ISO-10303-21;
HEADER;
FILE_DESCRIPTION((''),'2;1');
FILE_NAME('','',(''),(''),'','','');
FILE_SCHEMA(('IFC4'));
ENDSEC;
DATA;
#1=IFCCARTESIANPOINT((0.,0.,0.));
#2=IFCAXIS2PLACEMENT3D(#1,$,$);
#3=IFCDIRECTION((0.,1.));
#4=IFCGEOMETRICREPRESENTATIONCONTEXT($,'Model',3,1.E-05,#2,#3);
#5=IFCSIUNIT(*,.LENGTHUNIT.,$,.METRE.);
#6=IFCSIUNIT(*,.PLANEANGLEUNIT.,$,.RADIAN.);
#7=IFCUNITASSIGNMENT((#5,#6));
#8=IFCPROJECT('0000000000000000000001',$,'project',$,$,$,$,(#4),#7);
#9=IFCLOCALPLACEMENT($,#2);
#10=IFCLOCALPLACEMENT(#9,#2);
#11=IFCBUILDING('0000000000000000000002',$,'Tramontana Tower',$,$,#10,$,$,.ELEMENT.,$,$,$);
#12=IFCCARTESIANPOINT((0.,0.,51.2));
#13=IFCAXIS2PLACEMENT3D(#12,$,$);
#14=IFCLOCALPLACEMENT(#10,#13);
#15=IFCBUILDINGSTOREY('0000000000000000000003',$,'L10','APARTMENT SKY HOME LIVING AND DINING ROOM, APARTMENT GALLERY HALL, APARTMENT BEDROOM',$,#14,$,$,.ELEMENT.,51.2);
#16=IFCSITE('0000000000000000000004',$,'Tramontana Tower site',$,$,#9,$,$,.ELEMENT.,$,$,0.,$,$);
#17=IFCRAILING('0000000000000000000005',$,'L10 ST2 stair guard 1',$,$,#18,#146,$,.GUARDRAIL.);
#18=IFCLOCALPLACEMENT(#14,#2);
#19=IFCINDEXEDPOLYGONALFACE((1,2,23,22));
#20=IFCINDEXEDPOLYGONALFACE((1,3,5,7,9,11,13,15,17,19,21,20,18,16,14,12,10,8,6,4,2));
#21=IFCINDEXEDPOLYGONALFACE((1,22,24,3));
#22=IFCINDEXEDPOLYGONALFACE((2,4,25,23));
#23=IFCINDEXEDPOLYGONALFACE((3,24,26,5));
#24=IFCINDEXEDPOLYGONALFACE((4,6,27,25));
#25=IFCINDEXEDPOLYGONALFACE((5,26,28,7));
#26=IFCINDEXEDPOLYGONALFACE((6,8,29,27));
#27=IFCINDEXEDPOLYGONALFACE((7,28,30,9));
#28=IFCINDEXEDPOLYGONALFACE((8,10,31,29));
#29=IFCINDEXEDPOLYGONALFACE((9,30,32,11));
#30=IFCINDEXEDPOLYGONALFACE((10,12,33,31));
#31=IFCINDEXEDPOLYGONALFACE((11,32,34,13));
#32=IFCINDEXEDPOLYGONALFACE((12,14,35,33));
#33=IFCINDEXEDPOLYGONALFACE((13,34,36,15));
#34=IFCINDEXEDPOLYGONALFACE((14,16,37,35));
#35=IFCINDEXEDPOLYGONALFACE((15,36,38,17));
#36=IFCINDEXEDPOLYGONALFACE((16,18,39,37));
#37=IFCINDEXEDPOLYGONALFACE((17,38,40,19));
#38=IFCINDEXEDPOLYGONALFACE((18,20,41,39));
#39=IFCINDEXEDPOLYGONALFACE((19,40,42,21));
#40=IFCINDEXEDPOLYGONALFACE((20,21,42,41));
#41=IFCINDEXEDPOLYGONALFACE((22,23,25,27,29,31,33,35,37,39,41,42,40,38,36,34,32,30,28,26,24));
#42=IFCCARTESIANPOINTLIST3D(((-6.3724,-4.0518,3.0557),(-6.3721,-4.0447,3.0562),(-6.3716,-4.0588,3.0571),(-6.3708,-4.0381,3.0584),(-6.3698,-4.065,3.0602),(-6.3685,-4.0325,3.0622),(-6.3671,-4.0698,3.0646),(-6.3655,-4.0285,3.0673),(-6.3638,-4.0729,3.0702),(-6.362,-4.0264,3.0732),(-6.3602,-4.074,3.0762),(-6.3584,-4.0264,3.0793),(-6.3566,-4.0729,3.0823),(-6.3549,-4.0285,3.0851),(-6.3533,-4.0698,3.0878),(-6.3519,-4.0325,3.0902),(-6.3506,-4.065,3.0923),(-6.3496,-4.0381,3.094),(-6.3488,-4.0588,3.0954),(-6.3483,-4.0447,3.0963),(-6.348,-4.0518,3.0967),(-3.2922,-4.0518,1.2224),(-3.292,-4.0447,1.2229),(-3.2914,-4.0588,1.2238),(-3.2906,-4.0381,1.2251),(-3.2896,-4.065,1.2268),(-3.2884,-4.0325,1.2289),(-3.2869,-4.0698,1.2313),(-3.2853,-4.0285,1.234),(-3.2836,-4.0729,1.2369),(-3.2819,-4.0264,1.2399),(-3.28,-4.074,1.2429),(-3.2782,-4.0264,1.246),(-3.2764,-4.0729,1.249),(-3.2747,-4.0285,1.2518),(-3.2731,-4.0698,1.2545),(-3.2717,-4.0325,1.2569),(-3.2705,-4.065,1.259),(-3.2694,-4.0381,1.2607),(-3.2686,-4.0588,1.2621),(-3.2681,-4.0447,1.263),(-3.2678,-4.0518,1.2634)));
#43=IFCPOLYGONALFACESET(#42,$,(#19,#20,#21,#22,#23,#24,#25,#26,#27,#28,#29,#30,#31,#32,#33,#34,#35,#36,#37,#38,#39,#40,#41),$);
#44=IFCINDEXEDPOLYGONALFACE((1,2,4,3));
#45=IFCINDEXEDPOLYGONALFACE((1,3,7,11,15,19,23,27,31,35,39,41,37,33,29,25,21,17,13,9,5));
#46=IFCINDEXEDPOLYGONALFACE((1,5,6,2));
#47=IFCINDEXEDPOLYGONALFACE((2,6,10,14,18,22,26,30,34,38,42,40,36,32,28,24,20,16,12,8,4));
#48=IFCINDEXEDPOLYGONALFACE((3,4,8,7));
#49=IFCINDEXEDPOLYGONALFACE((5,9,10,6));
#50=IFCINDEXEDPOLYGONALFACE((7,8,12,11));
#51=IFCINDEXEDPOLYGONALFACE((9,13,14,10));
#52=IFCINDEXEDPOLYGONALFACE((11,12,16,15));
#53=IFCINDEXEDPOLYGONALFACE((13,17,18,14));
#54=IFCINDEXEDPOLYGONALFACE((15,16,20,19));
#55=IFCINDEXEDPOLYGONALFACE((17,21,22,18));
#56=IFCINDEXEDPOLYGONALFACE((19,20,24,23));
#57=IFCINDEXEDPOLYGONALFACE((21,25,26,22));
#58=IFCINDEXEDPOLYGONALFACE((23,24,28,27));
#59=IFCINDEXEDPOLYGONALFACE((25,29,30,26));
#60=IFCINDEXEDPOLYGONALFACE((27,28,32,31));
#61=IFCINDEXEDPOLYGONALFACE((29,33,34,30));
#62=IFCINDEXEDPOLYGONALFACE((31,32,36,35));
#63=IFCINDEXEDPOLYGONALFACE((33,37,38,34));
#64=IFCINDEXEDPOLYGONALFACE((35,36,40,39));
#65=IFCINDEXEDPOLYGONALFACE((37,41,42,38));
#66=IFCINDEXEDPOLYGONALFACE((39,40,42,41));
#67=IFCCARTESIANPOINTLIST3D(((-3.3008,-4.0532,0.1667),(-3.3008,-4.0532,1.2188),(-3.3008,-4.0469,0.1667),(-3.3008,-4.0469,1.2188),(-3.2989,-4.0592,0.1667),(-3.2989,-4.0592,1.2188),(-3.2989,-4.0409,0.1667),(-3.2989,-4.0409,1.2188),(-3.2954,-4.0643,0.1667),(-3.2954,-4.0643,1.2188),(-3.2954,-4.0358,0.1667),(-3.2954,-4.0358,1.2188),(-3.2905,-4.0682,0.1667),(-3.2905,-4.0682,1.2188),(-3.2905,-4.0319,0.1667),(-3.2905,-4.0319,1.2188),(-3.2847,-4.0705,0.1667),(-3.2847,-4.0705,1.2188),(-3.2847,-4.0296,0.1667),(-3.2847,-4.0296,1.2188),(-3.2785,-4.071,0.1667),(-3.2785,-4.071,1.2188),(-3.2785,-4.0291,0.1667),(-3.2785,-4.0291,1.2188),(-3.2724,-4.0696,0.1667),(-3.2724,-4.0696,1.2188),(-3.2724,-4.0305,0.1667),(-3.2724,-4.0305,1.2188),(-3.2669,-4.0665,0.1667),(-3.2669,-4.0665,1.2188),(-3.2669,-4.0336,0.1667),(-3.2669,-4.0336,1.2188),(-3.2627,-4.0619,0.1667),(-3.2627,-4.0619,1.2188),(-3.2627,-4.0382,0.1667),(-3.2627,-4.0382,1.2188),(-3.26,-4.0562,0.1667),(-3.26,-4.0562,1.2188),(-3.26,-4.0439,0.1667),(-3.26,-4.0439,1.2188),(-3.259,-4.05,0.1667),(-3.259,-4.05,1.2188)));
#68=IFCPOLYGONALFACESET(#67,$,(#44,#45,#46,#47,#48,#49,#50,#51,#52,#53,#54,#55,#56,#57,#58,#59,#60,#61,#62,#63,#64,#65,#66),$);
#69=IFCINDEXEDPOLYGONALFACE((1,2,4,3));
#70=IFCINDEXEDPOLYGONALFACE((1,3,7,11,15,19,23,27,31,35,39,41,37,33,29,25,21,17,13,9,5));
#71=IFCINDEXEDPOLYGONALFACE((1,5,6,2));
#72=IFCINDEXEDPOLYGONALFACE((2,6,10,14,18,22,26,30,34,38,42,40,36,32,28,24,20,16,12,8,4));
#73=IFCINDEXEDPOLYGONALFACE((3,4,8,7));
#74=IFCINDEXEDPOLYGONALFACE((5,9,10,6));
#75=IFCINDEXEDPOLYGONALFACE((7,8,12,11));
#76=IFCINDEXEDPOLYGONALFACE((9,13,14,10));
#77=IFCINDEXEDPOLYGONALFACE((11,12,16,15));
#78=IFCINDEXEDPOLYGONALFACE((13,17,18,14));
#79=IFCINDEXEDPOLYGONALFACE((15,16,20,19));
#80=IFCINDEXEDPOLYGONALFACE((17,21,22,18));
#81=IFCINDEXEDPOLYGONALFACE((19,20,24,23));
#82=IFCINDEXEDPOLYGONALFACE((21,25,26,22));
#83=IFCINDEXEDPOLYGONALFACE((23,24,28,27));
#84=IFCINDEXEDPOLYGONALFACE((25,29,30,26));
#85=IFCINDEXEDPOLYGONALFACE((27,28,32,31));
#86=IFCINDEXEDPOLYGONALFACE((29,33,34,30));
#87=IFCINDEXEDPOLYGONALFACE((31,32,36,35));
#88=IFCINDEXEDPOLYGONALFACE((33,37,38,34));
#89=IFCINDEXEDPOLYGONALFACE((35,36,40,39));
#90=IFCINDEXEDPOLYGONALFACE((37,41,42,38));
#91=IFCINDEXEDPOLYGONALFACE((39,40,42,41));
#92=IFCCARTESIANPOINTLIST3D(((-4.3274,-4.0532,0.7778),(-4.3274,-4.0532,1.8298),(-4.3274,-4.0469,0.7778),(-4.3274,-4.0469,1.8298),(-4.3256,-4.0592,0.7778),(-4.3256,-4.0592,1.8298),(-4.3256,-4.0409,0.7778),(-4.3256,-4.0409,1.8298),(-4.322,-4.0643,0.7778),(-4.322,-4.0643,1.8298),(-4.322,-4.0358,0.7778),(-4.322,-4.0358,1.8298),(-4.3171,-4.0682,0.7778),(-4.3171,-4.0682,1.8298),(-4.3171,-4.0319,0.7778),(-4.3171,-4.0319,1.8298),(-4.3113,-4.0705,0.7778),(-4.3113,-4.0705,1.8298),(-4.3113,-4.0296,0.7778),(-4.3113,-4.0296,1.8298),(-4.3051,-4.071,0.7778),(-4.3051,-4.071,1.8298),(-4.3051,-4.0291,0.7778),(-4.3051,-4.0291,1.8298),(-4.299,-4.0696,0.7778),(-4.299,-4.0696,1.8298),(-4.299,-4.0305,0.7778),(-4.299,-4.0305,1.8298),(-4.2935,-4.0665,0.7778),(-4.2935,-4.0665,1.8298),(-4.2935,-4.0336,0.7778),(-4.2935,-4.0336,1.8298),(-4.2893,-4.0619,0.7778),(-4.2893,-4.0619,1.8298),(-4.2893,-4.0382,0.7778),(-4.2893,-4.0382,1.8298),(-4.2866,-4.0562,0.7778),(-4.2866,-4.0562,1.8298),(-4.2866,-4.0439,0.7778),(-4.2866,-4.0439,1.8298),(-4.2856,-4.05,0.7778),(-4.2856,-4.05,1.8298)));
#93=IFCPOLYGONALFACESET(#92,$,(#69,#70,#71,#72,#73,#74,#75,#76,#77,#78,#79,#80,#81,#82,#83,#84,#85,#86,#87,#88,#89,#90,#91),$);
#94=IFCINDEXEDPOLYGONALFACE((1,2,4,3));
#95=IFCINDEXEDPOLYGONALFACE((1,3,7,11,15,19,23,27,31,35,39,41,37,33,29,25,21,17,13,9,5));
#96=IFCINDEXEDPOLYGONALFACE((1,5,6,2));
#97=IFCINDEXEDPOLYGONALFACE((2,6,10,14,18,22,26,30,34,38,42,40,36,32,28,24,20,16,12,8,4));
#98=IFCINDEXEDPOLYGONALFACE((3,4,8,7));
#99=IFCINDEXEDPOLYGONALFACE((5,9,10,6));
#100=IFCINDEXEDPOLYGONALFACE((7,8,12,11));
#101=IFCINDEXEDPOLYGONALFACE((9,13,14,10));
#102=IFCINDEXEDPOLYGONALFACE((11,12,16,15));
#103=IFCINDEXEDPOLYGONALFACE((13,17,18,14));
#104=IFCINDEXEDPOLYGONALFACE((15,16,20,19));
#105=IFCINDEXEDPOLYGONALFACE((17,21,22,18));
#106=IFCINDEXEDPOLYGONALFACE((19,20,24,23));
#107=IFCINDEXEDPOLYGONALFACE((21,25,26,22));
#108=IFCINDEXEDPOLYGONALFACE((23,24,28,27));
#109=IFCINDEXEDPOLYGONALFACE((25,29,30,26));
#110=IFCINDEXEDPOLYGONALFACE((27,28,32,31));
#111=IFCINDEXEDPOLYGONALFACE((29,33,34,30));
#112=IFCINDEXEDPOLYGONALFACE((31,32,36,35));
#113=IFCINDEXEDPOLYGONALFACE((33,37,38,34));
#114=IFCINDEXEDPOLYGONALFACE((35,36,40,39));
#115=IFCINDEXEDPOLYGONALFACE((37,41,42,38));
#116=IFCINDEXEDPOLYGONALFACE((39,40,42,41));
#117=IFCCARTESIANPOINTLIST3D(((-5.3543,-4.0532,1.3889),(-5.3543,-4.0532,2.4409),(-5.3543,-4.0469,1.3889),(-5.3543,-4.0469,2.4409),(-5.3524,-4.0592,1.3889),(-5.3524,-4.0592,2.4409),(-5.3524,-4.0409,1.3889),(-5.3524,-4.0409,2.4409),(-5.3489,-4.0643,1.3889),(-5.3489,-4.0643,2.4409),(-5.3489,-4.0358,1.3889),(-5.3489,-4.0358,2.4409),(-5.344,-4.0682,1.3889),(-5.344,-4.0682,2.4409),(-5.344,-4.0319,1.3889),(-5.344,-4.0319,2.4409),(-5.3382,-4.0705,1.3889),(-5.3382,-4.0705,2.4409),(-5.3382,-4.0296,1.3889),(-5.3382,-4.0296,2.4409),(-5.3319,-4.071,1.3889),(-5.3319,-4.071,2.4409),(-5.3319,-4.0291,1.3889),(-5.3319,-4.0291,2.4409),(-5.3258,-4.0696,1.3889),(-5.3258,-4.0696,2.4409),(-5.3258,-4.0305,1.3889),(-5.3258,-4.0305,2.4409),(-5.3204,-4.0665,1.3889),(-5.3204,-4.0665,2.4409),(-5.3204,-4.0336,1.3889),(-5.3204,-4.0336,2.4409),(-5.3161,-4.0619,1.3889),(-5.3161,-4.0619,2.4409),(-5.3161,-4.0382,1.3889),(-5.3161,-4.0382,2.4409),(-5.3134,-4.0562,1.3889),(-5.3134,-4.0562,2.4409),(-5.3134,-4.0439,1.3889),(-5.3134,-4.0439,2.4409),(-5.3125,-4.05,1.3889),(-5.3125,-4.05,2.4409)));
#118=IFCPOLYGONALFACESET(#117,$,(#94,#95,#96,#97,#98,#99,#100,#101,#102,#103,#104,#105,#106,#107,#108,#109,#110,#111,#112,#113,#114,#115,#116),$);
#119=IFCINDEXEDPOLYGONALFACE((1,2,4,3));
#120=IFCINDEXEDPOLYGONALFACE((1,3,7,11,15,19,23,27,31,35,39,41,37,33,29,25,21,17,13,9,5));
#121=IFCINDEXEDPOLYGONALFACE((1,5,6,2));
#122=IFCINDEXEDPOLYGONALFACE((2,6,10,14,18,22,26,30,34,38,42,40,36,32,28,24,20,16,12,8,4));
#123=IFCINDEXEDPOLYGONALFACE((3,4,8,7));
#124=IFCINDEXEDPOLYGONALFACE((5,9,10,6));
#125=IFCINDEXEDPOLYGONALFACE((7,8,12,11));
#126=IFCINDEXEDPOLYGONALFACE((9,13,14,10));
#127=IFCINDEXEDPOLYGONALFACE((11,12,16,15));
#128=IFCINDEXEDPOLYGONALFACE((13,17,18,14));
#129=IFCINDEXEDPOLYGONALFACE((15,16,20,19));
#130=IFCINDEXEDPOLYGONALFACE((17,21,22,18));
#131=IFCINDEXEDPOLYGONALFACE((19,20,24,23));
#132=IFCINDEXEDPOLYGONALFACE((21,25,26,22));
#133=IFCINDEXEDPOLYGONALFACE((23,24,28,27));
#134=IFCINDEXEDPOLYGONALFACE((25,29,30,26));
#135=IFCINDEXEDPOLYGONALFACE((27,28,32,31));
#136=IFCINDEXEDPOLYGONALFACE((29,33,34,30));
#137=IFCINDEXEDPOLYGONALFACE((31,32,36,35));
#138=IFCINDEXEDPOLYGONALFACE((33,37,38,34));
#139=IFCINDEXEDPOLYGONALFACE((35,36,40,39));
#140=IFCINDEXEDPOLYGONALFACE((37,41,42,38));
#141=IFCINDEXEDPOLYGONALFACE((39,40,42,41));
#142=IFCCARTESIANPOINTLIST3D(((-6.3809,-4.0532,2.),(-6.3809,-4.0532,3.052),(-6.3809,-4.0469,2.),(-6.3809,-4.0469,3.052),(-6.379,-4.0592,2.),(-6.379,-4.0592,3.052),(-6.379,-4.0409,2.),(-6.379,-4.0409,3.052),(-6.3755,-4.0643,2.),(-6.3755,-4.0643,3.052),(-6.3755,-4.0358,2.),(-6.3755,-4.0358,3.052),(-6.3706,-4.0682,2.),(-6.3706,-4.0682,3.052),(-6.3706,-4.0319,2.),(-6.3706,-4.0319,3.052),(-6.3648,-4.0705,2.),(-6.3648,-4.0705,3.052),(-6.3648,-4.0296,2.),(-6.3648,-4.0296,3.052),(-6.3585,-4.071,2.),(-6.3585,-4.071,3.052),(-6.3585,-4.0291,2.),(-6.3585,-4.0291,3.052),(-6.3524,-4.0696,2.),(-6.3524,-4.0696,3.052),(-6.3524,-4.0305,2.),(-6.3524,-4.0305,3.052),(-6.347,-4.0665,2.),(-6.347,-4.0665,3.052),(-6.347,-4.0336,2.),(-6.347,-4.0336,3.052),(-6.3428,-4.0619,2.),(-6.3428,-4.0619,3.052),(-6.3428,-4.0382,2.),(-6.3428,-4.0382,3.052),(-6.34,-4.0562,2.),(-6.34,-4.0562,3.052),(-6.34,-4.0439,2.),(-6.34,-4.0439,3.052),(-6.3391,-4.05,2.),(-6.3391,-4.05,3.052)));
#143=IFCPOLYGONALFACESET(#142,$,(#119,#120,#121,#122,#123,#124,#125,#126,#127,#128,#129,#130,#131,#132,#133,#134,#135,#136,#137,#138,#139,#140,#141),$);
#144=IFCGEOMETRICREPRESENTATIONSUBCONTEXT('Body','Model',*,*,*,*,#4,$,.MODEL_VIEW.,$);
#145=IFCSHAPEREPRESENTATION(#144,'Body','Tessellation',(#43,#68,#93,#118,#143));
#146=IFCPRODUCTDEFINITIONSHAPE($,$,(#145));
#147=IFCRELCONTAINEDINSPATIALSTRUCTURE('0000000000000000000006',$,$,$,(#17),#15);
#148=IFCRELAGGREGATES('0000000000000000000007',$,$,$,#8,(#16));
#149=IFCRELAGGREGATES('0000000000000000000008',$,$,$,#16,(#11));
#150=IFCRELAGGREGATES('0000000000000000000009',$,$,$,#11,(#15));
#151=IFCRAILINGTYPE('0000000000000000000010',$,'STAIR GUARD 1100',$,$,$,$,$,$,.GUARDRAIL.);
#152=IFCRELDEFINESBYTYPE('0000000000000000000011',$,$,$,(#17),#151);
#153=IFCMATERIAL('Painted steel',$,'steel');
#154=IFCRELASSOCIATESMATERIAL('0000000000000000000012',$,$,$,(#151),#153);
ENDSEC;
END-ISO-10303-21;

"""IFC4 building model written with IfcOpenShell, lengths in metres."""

from ifc_helpers import new_model, si_unit, direction, frame, origin, origin_2d, place, context, subcontext, project, spatial, circle, extrude, material, type_object, element, save


model = new_model("IFC4")

# Units and contexts
model_context = context("Model", 3, precision=1e-05, world=origin(), true_north=direction((0.0, 1.0)))
body_context = subcontext(model_context, "Body", "Model", "MODEL_VIEW")
ifc_project = project(units=[si_unit("LENGTHUNIT", "METRE"), si_unit("PLANEANGLEUNIT", "RADIAN")], contexts=[model_context])

# Site, building, storey
site_placement = place(None, origin())
site = spatial("IfcSite", under=ifc_project, at=site_placement, Name="Tramontana Tower site", CompositionType="ELEMENT", RefElevation=0.0)
building_placement = place(site_placement, origin())
building = spatial("IfcBuilding", under=site, at=building_placement, Name="Tramontana Tower", CompositionType="ELEMENT")
storey_placement = place(building_placement, frame((0.0, 0.0, 51.2)))
storey = spatial("IfcBuildingStorey", under=building, at=storey_placement, Name="L10", Description="APARTMENT SKY HOME LIVING AND DINING ROOM, APARTMENT GALLERY HALL, APARTMENT BEDROOM", CompositionType="ELEMENT", Elevation=51.2)

# Railing
ifc_material_1 = material(Name="Painted steel", Category="steel")
railing_type_1 = type_object("IfcRailingType", Name="STAIR GUARD 1100", PredefinedType="GUARDRAIL", material=ifc_material_1)
railing_1_placement = place(storey_placement, frame((-3.28, -4.05, 0.1667)))
element("IfcRailing", 1, at=railing_1_placement, inside=storey, type_object=railing_type_1, Name="L10 ST2 stair guard 1", PredefinedType="GUARDRAIL", context=body_context, shape_type="SweptSolid", body=[
    extrude(circle(Radius=0.0239, at=origin_2d()), frame((0.0, 0.0, 1.0762), z_axis=(-0.859309, 0.0, 0.511458), x_axis=(0.0, -1.0, 0.0)), (0.0, 0.0, 1.0), 3.5845),
    extrude(circle(Radius=0.021, at=origin_2d()), origin(), (0.0, 0.0, 1.0), 1.052),
    extrude(circle(Radius=0.021, at=origin_2d()), frame((-1.0266, 0.0, 0.6111)), (0.0, 0.0, 1.0), 1.052),
    extrude(circle(Radius=0.021, at=origin_2d()), frame((-2.0535, 0.0, 1.2222)), (0.0, 0.0, 1.0), 1.052),
    extrude(circle(Radius=0.021, at=origin_2d()), frame((-3.0801, 0.0, 1.8333)), (0.0, 0.0, 1.0), 1.052),
])

save(model, "model.ifc")
